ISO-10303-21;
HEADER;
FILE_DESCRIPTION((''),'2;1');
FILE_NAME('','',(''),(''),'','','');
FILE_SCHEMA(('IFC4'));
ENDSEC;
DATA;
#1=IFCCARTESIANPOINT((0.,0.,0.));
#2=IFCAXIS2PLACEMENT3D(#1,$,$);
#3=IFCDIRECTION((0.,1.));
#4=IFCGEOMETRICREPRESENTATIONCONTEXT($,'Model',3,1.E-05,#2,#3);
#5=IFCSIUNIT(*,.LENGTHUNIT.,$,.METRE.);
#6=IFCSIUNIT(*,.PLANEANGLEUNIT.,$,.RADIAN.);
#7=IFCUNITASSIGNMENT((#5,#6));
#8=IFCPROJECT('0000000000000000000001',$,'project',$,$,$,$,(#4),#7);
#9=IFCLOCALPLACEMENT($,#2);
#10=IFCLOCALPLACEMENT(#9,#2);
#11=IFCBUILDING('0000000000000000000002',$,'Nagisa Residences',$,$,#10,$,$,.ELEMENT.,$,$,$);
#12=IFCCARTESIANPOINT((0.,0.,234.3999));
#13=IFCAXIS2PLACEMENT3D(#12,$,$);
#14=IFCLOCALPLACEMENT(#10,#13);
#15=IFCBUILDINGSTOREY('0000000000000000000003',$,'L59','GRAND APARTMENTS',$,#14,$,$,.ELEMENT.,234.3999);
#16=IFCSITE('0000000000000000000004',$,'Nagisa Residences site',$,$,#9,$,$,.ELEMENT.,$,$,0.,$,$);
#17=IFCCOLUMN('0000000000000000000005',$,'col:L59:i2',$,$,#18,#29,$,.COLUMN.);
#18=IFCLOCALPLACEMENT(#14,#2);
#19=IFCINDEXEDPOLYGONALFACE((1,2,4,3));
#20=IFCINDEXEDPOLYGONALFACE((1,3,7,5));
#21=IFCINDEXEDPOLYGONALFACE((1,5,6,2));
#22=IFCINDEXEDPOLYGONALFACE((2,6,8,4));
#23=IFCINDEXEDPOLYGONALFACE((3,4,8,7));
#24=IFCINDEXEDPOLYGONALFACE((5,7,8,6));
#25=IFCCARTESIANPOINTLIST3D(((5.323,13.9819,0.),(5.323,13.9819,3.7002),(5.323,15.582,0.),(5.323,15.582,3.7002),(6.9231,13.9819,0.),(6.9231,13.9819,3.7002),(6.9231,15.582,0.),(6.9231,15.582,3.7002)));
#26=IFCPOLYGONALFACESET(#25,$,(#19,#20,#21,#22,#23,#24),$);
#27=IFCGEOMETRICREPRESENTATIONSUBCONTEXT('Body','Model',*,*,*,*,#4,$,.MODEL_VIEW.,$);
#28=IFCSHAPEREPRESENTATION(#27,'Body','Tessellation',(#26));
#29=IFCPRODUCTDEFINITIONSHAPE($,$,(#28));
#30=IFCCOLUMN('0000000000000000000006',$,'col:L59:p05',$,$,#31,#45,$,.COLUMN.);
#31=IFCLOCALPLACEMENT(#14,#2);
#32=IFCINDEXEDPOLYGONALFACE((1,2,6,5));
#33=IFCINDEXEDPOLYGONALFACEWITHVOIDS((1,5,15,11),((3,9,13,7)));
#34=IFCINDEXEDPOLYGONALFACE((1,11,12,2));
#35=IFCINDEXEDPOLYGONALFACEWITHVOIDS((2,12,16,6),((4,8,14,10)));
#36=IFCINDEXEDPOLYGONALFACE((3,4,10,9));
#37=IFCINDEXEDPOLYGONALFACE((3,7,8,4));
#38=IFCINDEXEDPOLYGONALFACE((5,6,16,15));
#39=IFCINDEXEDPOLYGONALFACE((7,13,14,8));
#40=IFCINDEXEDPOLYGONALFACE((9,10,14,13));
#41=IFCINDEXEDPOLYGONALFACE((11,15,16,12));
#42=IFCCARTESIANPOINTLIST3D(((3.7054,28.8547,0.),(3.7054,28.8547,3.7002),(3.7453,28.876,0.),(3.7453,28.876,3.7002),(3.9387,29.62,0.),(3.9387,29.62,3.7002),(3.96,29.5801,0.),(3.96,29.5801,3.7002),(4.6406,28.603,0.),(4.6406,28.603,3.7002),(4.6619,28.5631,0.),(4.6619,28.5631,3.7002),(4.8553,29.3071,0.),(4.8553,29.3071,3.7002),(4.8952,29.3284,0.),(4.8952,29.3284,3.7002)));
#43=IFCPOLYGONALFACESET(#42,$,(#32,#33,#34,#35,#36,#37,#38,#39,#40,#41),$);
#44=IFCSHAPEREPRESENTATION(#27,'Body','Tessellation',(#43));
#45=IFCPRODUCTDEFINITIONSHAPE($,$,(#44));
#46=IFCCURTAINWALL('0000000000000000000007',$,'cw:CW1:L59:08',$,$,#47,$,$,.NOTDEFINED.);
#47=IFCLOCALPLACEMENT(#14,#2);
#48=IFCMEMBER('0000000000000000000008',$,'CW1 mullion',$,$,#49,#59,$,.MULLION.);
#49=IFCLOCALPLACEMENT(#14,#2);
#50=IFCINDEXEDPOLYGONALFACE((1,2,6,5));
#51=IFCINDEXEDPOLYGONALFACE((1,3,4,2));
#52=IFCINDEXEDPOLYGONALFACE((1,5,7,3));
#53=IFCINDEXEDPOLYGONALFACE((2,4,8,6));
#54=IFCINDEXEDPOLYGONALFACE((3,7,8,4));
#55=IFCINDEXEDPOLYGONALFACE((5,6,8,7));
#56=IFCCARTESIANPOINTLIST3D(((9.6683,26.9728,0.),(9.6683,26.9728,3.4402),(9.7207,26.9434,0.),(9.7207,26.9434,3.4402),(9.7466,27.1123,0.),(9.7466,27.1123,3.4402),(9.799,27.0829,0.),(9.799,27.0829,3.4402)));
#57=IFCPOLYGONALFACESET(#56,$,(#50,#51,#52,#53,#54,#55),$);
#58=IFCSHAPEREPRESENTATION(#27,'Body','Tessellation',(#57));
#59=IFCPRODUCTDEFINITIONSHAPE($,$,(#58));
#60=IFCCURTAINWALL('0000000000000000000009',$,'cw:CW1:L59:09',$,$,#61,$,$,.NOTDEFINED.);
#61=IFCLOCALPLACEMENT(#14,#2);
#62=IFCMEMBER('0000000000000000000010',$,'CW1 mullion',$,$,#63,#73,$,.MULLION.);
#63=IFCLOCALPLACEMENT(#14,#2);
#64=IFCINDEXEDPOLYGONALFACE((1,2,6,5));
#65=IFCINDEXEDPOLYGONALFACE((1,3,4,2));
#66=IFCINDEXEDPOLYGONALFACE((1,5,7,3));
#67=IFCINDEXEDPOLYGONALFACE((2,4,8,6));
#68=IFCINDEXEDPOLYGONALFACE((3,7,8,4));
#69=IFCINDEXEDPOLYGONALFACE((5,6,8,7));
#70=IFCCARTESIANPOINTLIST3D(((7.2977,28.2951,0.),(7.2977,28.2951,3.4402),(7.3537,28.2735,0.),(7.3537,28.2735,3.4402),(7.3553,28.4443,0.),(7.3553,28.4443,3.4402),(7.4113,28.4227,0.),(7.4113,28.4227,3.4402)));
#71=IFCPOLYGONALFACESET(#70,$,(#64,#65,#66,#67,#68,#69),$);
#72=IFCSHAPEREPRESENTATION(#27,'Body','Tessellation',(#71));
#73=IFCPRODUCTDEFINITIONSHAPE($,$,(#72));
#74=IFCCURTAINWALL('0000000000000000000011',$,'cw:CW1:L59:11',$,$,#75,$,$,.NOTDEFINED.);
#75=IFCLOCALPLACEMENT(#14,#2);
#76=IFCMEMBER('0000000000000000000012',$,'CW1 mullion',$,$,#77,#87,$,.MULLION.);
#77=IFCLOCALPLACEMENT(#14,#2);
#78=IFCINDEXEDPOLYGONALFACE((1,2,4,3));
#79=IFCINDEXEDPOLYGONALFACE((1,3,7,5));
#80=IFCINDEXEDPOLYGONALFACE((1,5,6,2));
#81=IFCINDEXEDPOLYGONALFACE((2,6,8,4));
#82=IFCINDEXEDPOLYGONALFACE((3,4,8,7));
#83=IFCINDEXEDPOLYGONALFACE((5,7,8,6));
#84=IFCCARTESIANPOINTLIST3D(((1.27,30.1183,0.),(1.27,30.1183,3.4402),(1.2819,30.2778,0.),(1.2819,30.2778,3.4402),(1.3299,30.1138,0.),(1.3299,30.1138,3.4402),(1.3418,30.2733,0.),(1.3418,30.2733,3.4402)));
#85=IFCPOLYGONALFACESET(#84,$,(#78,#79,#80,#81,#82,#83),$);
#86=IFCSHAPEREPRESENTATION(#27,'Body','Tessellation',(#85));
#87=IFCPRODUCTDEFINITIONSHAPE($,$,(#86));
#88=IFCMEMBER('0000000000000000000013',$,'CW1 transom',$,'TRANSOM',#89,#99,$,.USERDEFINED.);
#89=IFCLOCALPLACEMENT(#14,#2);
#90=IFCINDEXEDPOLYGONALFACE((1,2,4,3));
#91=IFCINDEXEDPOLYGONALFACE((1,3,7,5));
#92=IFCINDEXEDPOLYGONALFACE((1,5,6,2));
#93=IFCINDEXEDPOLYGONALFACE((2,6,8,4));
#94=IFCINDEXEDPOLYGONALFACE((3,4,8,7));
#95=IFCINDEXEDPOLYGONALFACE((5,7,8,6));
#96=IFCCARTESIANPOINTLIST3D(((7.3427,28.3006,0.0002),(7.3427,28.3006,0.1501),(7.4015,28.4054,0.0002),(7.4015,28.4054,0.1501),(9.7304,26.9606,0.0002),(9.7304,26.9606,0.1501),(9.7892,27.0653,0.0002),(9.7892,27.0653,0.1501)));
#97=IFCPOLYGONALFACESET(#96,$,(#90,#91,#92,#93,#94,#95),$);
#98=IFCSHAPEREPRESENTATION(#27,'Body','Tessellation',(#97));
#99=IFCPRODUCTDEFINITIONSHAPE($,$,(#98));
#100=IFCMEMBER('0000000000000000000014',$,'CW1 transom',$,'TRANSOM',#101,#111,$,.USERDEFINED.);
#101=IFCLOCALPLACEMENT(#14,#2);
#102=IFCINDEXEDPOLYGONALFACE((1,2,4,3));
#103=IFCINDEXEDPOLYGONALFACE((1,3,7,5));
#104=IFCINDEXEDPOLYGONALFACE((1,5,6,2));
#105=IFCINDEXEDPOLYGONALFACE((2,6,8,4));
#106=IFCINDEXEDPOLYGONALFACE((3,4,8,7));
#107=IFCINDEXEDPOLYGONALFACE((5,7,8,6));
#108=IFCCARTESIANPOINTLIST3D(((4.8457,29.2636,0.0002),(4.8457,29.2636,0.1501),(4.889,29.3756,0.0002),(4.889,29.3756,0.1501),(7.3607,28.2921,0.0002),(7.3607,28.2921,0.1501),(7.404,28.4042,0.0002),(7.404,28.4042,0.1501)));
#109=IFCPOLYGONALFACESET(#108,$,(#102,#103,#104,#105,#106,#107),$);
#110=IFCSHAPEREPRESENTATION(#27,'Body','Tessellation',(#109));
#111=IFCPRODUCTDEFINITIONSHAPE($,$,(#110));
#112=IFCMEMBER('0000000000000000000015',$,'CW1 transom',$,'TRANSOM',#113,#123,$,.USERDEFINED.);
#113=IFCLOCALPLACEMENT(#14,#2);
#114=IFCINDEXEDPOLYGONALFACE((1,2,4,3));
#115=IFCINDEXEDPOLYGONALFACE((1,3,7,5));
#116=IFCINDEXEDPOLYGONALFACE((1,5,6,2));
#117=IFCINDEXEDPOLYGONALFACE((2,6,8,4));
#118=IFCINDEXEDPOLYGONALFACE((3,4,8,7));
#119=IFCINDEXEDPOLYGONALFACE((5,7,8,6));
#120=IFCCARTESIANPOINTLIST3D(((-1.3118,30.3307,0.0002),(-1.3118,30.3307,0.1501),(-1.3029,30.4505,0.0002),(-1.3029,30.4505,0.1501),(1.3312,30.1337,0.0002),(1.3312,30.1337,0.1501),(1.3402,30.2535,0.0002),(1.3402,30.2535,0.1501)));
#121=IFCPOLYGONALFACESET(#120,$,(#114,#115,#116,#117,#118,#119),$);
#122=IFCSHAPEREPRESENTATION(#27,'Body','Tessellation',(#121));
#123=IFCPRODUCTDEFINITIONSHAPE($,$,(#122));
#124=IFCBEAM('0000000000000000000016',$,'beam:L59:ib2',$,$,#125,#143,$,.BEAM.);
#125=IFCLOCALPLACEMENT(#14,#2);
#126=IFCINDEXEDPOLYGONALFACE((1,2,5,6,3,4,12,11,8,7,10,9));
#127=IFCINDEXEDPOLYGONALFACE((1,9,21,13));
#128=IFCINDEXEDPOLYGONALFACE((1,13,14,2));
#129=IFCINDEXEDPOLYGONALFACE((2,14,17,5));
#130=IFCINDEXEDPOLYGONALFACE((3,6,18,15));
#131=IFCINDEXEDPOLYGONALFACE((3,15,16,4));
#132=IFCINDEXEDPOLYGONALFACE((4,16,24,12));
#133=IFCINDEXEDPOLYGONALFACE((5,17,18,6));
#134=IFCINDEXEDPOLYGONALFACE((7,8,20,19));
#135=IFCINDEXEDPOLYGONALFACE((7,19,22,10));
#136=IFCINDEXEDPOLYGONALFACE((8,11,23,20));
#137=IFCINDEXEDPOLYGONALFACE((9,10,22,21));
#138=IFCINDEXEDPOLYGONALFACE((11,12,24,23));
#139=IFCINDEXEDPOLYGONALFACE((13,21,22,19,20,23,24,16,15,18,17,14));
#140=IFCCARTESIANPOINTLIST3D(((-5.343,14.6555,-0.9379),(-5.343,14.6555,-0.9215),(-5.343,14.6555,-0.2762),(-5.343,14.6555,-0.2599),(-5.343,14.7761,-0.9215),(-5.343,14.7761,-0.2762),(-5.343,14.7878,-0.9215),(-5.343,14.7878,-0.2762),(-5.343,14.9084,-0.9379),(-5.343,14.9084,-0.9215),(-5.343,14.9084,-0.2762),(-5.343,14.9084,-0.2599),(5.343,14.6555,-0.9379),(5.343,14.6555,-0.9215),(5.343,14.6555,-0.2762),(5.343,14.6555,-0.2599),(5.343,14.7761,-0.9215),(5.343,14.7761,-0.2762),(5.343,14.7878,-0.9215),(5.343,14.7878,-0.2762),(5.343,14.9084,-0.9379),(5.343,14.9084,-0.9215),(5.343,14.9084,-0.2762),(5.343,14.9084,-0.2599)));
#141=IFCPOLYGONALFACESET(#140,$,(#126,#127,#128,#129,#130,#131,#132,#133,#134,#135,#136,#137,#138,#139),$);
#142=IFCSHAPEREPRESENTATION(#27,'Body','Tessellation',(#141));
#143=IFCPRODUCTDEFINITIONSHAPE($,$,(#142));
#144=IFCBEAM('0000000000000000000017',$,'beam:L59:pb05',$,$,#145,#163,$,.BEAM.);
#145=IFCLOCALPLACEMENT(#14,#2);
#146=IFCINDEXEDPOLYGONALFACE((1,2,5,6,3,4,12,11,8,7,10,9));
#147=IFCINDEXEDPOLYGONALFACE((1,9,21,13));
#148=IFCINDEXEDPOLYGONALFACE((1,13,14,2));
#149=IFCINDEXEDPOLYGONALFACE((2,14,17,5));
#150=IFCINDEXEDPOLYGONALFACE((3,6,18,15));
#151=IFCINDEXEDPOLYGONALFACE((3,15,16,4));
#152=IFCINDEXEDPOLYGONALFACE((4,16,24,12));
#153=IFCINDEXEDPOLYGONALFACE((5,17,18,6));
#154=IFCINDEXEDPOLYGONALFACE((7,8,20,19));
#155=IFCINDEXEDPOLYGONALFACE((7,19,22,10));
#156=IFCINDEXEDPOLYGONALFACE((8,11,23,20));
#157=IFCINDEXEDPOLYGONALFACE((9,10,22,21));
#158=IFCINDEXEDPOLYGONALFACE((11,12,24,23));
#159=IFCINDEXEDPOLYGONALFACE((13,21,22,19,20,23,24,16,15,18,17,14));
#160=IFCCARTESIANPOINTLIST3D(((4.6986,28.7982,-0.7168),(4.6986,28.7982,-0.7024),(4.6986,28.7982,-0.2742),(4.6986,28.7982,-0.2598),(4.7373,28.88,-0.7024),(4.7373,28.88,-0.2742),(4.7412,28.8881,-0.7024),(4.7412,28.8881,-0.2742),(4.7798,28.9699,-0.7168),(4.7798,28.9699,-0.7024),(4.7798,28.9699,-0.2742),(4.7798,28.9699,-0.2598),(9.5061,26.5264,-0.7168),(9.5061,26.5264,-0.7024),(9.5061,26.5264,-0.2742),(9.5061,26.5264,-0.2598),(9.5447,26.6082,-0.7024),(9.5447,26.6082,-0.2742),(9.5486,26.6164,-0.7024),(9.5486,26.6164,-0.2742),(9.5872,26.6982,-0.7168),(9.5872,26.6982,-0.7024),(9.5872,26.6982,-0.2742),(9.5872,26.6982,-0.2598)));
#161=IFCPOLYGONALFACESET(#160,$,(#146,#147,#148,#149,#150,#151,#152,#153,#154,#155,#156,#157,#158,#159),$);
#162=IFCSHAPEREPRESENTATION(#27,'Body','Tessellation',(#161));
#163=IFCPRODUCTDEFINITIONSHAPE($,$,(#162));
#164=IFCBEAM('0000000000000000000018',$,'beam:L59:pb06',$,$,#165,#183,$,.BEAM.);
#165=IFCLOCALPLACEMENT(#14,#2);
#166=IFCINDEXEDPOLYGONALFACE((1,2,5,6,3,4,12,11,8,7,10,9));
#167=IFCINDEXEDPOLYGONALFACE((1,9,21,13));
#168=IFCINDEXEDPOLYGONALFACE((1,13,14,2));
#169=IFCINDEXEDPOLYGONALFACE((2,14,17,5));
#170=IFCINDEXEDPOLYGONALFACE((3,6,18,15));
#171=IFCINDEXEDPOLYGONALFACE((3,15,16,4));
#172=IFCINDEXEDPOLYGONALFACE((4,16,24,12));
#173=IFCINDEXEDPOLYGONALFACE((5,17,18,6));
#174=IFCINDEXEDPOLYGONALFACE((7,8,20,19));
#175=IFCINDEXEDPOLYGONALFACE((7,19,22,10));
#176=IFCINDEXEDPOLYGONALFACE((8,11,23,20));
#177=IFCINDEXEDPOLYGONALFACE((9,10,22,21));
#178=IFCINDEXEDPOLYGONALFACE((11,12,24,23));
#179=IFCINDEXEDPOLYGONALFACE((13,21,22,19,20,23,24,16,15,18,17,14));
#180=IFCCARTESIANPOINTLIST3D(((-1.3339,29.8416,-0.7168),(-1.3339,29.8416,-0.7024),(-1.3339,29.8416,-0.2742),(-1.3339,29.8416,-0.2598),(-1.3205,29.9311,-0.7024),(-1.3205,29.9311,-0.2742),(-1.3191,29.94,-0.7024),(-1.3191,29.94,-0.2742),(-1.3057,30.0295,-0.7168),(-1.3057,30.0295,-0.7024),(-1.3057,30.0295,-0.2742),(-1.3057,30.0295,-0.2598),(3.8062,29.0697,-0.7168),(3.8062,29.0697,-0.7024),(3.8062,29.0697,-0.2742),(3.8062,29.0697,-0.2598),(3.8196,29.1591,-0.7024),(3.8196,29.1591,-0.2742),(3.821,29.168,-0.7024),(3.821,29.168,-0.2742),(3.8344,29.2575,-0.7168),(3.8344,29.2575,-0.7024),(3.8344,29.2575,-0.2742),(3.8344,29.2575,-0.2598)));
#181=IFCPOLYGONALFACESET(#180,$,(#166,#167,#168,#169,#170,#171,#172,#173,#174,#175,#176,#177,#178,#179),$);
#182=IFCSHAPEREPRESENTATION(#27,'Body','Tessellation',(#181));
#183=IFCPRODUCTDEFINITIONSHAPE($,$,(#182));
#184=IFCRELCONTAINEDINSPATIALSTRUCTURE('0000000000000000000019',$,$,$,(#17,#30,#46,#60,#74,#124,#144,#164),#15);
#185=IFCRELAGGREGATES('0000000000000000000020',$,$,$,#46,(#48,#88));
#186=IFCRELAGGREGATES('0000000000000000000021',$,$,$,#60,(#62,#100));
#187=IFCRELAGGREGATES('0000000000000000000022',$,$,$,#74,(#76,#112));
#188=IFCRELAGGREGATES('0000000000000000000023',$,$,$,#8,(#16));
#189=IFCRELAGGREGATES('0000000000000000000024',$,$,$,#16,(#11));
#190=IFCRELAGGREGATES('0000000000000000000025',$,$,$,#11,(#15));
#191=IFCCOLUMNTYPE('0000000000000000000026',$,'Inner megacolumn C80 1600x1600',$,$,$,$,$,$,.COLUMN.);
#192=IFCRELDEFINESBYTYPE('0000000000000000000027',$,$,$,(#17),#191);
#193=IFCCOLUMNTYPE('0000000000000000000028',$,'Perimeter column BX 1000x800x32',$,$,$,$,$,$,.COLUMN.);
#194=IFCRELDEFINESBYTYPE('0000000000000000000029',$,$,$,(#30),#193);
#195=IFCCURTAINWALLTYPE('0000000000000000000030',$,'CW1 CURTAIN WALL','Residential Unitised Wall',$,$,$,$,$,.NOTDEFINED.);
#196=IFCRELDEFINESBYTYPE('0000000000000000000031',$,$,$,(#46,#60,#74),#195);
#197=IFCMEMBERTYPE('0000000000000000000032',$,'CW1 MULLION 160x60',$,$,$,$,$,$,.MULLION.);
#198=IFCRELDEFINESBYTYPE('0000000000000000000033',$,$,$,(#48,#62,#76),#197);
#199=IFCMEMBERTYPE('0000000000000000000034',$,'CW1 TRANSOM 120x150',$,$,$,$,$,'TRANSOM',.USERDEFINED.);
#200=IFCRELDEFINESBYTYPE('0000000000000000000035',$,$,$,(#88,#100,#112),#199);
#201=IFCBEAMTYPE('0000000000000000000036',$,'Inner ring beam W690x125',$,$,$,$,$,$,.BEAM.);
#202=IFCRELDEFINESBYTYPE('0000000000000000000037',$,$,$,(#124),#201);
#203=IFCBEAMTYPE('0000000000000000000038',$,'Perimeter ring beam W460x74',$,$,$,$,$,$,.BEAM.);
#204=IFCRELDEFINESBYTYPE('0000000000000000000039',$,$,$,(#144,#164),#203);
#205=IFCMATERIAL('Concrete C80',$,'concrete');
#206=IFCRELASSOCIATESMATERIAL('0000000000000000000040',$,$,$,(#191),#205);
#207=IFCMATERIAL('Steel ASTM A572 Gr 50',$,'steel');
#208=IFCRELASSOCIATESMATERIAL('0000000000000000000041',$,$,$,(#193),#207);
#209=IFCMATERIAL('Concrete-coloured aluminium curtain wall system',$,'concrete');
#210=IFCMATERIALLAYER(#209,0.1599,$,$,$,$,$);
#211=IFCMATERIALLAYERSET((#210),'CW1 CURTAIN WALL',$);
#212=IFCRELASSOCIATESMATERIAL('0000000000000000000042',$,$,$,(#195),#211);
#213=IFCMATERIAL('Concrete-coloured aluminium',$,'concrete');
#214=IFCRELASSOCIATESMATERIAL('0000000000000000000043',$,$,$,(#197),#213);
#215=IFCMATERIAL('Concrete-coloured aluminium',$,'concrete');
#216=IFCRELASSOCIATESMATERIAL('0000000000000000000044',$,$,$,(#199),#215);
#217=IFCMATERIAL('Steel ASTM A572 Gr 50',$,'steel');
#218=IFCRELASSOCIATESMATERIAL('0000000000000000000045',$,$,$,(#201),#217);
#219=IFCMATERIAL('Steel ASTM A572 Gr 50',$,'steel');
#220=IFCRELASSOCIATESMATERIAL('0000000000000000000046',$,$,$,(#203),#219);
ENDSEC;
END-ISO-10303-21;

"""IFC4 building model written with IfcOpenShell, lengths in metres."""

from ifc_helpers import new_model, si_unit, direction, frame, origin, origin_2d, place, context, subcontext, project, spatial, rectangle, hollow_rectangle, i_section, extrude, material, layer, layer_set, material_profile, profile_set, type_object, element, aggregate, save


model = new_model("IFC4")

# Units and contexts
model_context = context("Model", 3, precision=1e-05, world=origin(), true_north=direction((0.0, 1.0)))
body_context = subcontext(model_context, "Body", "Model", "MODEL_VIEW")
ifc_project = project(units=[si_unit("LENGTHUNIT", "METRE"), si_unit("PLANEANGLEUNIT", "RADIAN")], contexts=[model_context])

# Site, building, storey
site_placement = place(None, origin())
site = spatial("IfcSite", under=ifc_project, at=site_placement, Name="Nagisa Residences site", CompositionType="ELEMENT", RefElevation=0.0)
building_placement = place(site_placement, origin())
building = spatial("IfcBuilding", under=site, at=building_placement, Name="Nagisa Residences", CompositionType="ELEMENT")
storey_placement = place(building_placement, frame((0.0, 0.0, 234.3999)))
storey = spatial("IfcBuildingStorey", under=building, at=storey_placement, Name="L59", Description="GRAND APARTMENTS", CompositionType="ELEMENT", Elevation=234.3999)

# Columns
ifc_material_1 = material(Name="Concrete C80", Category="concrete")
ifc_material_profile_1 = material_profile(ifc_material_1, rectangle(XDim=1.6001, YDim=1.6001, at=origin_2d()), Name="C80 1600x1600")
ifc_profile_set_1 = profile_set([ifc_material_profile_1], Name="Concrete C80")
column_type_1 = type_object("IfcColumnType", Name="Inner megacolumn C80 1600x1600", PredefinedType="COLUMN", material=ifc_profile_set_1)
column_1_placement = place(storey_placement, frame((6.123, 14.782, 0.0), z_axis=(0.0, 0.0, 1.0), x_axis=(1.0, 0.0, 0.0)))
element("IfcColumn", 1, at=column_1_placement, inside=storey, type_object=column_type_1, Name="col:L59:i2", PredefinedType="COLUMN", context=body_context, shape_type="SweptSolid", body=[
    extrude(rectangle(XDim=1.6001, YDim=1.6001, at=origin_2d()), origin(), (0.0, 0.0, 1.0), 3.7002),
])
ifc_material_2 = material(Name="Steel ASTM A572 Gr 50", Category="steel")
ifc_material_profile_2 = material_profile(ifc_material_2, hollow_rectangle(XDim=1.0, YDim=0.8, WallThickness=0.032, at=origin_2d()), Name="BX 1000x800x32")
ifc_profile_set_2 = profile_set([ifc_material_profile_2], Name="Steel ASTM A572 Gr 50")
column_type_2 = type_object("IfcColumnType", Name="Perimeter column BX 1000x800x32", PredefinedType="COLUMN", material=ifc_profile_set_2)
column_2_placement = place(storey_placement, frame((4.3003, 29.0916, 0.0), z_axis=(0.0, 0.0, 1.0), x_axis=(-0.956525, 0.291652, 0.0)))
element("IfcColumn", 2, at=column_2_placement, inside=storey, type_object=column_type_2, Name="col:L59:p05", PredefinedType="COLUMN", context=body_context, shape_type="SweptSolid", body=[
    extrude(hollow_rectangle(XDim=1.0, YDim=0.8, WallThickness=0.032, at=origin_2d()), origin(), (0.0, 0.0, 1.0), 3.7002),
])

# Curtain walls, members
ifc_material_3 = material(Name="Concrete-coloured aluminium curtain wall system", Category="concrete")
ifc_layer_1 = layer(ifc_material_3, 0.1599)
ifc_layer_set_1 = layer_set([ifc_layer_1], Name="CW1 CURTAIN WALL")
curtain_wall_type = type_object("IfcCurtainWallType", Name="CW1 CURTAIN WALL", Description="Residential Unitised Wall", PredefinedType="NOTDEFINED", material=ifc_layer_set_1)
curtain_wall_1_placement = place(storey_placement, origin())
curtain_wall_1 = element("IfcCurtainWall", 3, at=curtain_wall_1_placement, inside=storey, type_object=curtain_wall_type, Name="cw:CW1:L59:08", PredefinedType="NOTDEFINED")
ifc_material_4 = material(Name="Concrete-coloured aluminium", Category="concrete")
ifc_material_profile_3 = material_profile(ifc_material_4, rectangle(XDim=0.1599, YDim=0.0601, at=origin_2d()), Name="CW1 MULLION 160x60")
ifc_profile_set_3 = profile_set([ifc_material_profile_3], Name="Concrete-coloured aluminium")
member_type_1 = type_object("IfcMemberType", Name="CW1 MULLION 160x60", PredefinedType="MULLION", material=ifc_profile_set_3)
member_1_placement = place(storey_placement, frame((9.7336, 27.0278, 0.0), z_axis=(0.0, 0.0, 1.0), x_axis=(-0.489377, -0.872072, 0.0)))
member_1 = element("IfcMember", 4, at=member_1_placement, type_object=member_type_1, Name="CW1 mullion", PredefinedType="MULLION", context=body_context, shape_type="SweptSolid", body=[
    extrude(rectangle(XDim=0.1599, YDim=0.0601, at=origin_2d()), origin(), (0.0, 0.0, 1.0), 3.4402),
])
curtain_wall_2_placement = place(storey_placement, origin())
curtain_wall_2 = element("IfcCurtainWall", 5, at=curtain_wall_2_placement, inside=storey, type_object=curtain_wall_type, Name="cw:CW1:L59:09", PredefinedType="NOTDEFINED")
member_2_placement = place(storey_placement, frame((7.3545, 28.3589, 0.0), z_axis=(0.0, 0.0, 1.0), x_axis=(-0.360328, -0.932826, 0.0)))
member_2 = element("IfcMember", 6, at=member_2_placement, type_object=member_type_1, Name="CW1 mullion", PredefinedType="MULLION", context=body_context, shape_type="SweptSolid", body=[
    extrude(rectangle(XDim=0.1599, YDim=0.0601, at=origin_2d()), origin(), (0.0, 0.0, 1.0), 3.4402),
])
curtain_wall_3_placement = place(storey_placement, origin())
curtain_wall_3 = element("IfcCurtainWall", 7, at=curtain_wall_3_placement, inside=storey, type_object=curtain_wall_type, Name="cw:CW1:L59:11", PredefinedType="NOTDEFINED")
member_3_placement = place(storey_placement, frame((1.3059, 30.1958, 0.0), z_axis=(0.0, 0.0, 1.0), x_axis=(-0.074377, -0.99723, 0.0)))
member_3 = element("IfcMember", 8, at=member_3_placement, type_object=member_type_1, Name="CW1 mullion", PredefinedType="MULLION", context=body_context, shape_type="SweptSolid", body=[
    extrude(rectangle(XDim=0.1599, YDim=0.0601, at=origin_2d()), origin(), (0.0, 0.0, 1.0), 3.4402),
])

# Members
ifc_material_5 = material(Name="Concrete-coloured aluminium", Category="concrete")
ifc_material_profile_4 = material_profile(ifc_material_5, rectangle(XDim=0.1201, YDim=0.1499, at=origin_2d()), Name="CW1 TRANSOM 120x150")
ifc_profile_set_4 = profile_set([ifc_material_profile_4], Name="Concrete-coloured aluminium")
member_type_2 = type_object("IfcMemberType", Name="CW1 TRANSOM 120x150", ElementType="TRANSOM", PredefinedType="USERDEFINED", material=ifc_profile_set_4)
member_4_placement = place(storey_placement, frame((9.7598, 27.0129, 0.0752), z_axis=(-0.872042, 0.489431, 0.0), x_axis=(-0.489431, -0.872042, 0.0)))
member_4 = element("IfcMember", 9, at=member_4_placement, type_object=member_type_2, Name="CW1 transom", ObjectType="TRANSOM", PredefinedType="USERDEFINED", context=body_context, shape_type="SweptSolid", body=[
    extrude(rectangle(XDim=0.1201, YDim=0.1499, at=origin_2d()), origin(), (0.0, 0.0, 1.0), 2.738),
])
member_5_placement = place(storey_placement, frame((7.3823, 28.3481, 0.0752), z_axis=(-0.932826, 0.360326, 0.0), x_axis=(-0.360326, -0.932826, 0.0)))
member_5 = element("IfcMember", 10, at=member_5_placement, type_object=member_type_2, Name="CW1 transom", ObjectType="TRANSOM", PredefinedType="USERDEFINED", context=body_context, shape_type="SweptSolid", body=[
    extrude(rectangle(XDim=0.1201, YDim=0.1499, at=origin_2d()), origin(), (0.0, 0.0, 1.0), 2.696),
])
member_6_placement = place(storey_placement, frame((1.3357, 30.1936, 0.0752), z_axis=(-0.997233, 0.074337, 0.0), x_axis=(-0.074337, -0.997233, 0.0)))
member_6 = element("IfcMember", 11, at=member_6_placement, type_object=member_type_2, Name="CW1 transom", ObjectType="TRANSOM", PredefinedType="USERDEFINED", context=body_context, shape_type="SweptSolid", body=[
    extrude(rectangle(XDim=0.1201, YDim=0.1499, at=origin_2d()), origin(), (0.0, 0.0, 1.0), 2.6504),
])

# Beams
ifc_material_6 = material(Name="Steel ASTM A572 Gr 50", Category="steel")
ifc_material_profile_5 = material_profile(ifc_material_6, i_section(OverallWidth=0.2529, OverallDepth=0.678, WebThickness=0.0117, FlangeThickness=0.0164, at=origin_2d()), Name="W690x125")
ifc_profile_set_5 = profile_set([ifc_material_profile_5], Name="Steel ASTM A572 Gr 50")
beam_type_1 = type_object("IfcBeamType", Name="Inner ring beam W690x125", PredefinedType="BEAM", material=ifc_profile_set_5)
beam_1_placement = place(storey_placement, frame((5.343, 14.782, -0.5989), z_axis=(-1.0, 0.0, 0.0), x_axis=(0.0, -1.0, 0.0)))
element("IfcBeam", 12, at=beam_1_placement, inside=storey, type_object=beam_type_1, Name="beam:L59:ib2", PredefinedType="BEAM", context=body_context, shape_type="SweptSolid", body=[
    extrude(i_section(OverallWidth=0.2529, OverallDepth=0.678, WebThickness=0.0117, FlangeThickness=0.0164, at=origin_2d()), origin(), (0.0, 0.0, 1.0), 10.686),
])
ifc_material_7 = material(Name="Steel ASTM A572 Gr 50", Category="steel")
ifc_material_profile_6 = material_profile(ifc_material_7, i_section(OverallWidth=0.1899, OverallDepth=0.457, WebThickness=0.009, FlangeThickness=0.0144, at=origin_2d()), Name="W460x74")
ifc_profile_set_6 = profile_set([ifc_material_profile_6], Name="Steel ASTM A572 Gr 50")
beam_type_2 = type_object("IfcBeamType", Name="Perimeter ring beam W460x74", PredefinedType="BEAM", material=ifc_profile_set_6)
beam_2_placement = place(storey_placement, frame((9.5466, 26.6123, -0.4883), z_axis=(-0.904134, 0.427249, 0.0), x_axis=(-0.427249, -0.904134, 0.0)))
element("IfcBeam", 13, at=beam_2_placement, inside=storey, type_object=beam_type_2, Name="beam:L59:pb05", PredefinedType="BEAM", context=body_context, shape_type="SweptSolid", body=[
    extrude(i_section(OverallWidth=0.1899, OverallDepth=0.457, WebThickness=0.009, FlangeThickness=0.0144, at=origin_2d()), origin(), (0.0, 0.0, 1.0), 5.3171),
])
beam_3_placement = place(storey_placement, frame((3.8203, 29.1636, -0.4883), z_axis=(-0.988909, 0.14852, 0.0), x_axis=(-0.14852, -0.988909, 0.0)))
element("IfcBeam", 14, at=beam_3_placement, inside=storey, type_object=beam_type_2, Name="beam:L59:pb06", PredefinedType="BEAM", context=body_context, shape_type="SweptSolid", body=[
    extrude(i_section(OverallWidth=0.1899, OverallDepth=0.457, WebThickness=0.009, FlangeThickness=0.0144, at=origin_2d()), origin(), (0.0, 0.0, 1.0), 5.1978),
])

aggregate(curtain_wall_1, [member_1, member_4])
aggregate(curtain_wall_2, [member_2, member_5])
aggregate(curtain_wall_3, [member_3, member_6])

save(model, "model.ifc")
